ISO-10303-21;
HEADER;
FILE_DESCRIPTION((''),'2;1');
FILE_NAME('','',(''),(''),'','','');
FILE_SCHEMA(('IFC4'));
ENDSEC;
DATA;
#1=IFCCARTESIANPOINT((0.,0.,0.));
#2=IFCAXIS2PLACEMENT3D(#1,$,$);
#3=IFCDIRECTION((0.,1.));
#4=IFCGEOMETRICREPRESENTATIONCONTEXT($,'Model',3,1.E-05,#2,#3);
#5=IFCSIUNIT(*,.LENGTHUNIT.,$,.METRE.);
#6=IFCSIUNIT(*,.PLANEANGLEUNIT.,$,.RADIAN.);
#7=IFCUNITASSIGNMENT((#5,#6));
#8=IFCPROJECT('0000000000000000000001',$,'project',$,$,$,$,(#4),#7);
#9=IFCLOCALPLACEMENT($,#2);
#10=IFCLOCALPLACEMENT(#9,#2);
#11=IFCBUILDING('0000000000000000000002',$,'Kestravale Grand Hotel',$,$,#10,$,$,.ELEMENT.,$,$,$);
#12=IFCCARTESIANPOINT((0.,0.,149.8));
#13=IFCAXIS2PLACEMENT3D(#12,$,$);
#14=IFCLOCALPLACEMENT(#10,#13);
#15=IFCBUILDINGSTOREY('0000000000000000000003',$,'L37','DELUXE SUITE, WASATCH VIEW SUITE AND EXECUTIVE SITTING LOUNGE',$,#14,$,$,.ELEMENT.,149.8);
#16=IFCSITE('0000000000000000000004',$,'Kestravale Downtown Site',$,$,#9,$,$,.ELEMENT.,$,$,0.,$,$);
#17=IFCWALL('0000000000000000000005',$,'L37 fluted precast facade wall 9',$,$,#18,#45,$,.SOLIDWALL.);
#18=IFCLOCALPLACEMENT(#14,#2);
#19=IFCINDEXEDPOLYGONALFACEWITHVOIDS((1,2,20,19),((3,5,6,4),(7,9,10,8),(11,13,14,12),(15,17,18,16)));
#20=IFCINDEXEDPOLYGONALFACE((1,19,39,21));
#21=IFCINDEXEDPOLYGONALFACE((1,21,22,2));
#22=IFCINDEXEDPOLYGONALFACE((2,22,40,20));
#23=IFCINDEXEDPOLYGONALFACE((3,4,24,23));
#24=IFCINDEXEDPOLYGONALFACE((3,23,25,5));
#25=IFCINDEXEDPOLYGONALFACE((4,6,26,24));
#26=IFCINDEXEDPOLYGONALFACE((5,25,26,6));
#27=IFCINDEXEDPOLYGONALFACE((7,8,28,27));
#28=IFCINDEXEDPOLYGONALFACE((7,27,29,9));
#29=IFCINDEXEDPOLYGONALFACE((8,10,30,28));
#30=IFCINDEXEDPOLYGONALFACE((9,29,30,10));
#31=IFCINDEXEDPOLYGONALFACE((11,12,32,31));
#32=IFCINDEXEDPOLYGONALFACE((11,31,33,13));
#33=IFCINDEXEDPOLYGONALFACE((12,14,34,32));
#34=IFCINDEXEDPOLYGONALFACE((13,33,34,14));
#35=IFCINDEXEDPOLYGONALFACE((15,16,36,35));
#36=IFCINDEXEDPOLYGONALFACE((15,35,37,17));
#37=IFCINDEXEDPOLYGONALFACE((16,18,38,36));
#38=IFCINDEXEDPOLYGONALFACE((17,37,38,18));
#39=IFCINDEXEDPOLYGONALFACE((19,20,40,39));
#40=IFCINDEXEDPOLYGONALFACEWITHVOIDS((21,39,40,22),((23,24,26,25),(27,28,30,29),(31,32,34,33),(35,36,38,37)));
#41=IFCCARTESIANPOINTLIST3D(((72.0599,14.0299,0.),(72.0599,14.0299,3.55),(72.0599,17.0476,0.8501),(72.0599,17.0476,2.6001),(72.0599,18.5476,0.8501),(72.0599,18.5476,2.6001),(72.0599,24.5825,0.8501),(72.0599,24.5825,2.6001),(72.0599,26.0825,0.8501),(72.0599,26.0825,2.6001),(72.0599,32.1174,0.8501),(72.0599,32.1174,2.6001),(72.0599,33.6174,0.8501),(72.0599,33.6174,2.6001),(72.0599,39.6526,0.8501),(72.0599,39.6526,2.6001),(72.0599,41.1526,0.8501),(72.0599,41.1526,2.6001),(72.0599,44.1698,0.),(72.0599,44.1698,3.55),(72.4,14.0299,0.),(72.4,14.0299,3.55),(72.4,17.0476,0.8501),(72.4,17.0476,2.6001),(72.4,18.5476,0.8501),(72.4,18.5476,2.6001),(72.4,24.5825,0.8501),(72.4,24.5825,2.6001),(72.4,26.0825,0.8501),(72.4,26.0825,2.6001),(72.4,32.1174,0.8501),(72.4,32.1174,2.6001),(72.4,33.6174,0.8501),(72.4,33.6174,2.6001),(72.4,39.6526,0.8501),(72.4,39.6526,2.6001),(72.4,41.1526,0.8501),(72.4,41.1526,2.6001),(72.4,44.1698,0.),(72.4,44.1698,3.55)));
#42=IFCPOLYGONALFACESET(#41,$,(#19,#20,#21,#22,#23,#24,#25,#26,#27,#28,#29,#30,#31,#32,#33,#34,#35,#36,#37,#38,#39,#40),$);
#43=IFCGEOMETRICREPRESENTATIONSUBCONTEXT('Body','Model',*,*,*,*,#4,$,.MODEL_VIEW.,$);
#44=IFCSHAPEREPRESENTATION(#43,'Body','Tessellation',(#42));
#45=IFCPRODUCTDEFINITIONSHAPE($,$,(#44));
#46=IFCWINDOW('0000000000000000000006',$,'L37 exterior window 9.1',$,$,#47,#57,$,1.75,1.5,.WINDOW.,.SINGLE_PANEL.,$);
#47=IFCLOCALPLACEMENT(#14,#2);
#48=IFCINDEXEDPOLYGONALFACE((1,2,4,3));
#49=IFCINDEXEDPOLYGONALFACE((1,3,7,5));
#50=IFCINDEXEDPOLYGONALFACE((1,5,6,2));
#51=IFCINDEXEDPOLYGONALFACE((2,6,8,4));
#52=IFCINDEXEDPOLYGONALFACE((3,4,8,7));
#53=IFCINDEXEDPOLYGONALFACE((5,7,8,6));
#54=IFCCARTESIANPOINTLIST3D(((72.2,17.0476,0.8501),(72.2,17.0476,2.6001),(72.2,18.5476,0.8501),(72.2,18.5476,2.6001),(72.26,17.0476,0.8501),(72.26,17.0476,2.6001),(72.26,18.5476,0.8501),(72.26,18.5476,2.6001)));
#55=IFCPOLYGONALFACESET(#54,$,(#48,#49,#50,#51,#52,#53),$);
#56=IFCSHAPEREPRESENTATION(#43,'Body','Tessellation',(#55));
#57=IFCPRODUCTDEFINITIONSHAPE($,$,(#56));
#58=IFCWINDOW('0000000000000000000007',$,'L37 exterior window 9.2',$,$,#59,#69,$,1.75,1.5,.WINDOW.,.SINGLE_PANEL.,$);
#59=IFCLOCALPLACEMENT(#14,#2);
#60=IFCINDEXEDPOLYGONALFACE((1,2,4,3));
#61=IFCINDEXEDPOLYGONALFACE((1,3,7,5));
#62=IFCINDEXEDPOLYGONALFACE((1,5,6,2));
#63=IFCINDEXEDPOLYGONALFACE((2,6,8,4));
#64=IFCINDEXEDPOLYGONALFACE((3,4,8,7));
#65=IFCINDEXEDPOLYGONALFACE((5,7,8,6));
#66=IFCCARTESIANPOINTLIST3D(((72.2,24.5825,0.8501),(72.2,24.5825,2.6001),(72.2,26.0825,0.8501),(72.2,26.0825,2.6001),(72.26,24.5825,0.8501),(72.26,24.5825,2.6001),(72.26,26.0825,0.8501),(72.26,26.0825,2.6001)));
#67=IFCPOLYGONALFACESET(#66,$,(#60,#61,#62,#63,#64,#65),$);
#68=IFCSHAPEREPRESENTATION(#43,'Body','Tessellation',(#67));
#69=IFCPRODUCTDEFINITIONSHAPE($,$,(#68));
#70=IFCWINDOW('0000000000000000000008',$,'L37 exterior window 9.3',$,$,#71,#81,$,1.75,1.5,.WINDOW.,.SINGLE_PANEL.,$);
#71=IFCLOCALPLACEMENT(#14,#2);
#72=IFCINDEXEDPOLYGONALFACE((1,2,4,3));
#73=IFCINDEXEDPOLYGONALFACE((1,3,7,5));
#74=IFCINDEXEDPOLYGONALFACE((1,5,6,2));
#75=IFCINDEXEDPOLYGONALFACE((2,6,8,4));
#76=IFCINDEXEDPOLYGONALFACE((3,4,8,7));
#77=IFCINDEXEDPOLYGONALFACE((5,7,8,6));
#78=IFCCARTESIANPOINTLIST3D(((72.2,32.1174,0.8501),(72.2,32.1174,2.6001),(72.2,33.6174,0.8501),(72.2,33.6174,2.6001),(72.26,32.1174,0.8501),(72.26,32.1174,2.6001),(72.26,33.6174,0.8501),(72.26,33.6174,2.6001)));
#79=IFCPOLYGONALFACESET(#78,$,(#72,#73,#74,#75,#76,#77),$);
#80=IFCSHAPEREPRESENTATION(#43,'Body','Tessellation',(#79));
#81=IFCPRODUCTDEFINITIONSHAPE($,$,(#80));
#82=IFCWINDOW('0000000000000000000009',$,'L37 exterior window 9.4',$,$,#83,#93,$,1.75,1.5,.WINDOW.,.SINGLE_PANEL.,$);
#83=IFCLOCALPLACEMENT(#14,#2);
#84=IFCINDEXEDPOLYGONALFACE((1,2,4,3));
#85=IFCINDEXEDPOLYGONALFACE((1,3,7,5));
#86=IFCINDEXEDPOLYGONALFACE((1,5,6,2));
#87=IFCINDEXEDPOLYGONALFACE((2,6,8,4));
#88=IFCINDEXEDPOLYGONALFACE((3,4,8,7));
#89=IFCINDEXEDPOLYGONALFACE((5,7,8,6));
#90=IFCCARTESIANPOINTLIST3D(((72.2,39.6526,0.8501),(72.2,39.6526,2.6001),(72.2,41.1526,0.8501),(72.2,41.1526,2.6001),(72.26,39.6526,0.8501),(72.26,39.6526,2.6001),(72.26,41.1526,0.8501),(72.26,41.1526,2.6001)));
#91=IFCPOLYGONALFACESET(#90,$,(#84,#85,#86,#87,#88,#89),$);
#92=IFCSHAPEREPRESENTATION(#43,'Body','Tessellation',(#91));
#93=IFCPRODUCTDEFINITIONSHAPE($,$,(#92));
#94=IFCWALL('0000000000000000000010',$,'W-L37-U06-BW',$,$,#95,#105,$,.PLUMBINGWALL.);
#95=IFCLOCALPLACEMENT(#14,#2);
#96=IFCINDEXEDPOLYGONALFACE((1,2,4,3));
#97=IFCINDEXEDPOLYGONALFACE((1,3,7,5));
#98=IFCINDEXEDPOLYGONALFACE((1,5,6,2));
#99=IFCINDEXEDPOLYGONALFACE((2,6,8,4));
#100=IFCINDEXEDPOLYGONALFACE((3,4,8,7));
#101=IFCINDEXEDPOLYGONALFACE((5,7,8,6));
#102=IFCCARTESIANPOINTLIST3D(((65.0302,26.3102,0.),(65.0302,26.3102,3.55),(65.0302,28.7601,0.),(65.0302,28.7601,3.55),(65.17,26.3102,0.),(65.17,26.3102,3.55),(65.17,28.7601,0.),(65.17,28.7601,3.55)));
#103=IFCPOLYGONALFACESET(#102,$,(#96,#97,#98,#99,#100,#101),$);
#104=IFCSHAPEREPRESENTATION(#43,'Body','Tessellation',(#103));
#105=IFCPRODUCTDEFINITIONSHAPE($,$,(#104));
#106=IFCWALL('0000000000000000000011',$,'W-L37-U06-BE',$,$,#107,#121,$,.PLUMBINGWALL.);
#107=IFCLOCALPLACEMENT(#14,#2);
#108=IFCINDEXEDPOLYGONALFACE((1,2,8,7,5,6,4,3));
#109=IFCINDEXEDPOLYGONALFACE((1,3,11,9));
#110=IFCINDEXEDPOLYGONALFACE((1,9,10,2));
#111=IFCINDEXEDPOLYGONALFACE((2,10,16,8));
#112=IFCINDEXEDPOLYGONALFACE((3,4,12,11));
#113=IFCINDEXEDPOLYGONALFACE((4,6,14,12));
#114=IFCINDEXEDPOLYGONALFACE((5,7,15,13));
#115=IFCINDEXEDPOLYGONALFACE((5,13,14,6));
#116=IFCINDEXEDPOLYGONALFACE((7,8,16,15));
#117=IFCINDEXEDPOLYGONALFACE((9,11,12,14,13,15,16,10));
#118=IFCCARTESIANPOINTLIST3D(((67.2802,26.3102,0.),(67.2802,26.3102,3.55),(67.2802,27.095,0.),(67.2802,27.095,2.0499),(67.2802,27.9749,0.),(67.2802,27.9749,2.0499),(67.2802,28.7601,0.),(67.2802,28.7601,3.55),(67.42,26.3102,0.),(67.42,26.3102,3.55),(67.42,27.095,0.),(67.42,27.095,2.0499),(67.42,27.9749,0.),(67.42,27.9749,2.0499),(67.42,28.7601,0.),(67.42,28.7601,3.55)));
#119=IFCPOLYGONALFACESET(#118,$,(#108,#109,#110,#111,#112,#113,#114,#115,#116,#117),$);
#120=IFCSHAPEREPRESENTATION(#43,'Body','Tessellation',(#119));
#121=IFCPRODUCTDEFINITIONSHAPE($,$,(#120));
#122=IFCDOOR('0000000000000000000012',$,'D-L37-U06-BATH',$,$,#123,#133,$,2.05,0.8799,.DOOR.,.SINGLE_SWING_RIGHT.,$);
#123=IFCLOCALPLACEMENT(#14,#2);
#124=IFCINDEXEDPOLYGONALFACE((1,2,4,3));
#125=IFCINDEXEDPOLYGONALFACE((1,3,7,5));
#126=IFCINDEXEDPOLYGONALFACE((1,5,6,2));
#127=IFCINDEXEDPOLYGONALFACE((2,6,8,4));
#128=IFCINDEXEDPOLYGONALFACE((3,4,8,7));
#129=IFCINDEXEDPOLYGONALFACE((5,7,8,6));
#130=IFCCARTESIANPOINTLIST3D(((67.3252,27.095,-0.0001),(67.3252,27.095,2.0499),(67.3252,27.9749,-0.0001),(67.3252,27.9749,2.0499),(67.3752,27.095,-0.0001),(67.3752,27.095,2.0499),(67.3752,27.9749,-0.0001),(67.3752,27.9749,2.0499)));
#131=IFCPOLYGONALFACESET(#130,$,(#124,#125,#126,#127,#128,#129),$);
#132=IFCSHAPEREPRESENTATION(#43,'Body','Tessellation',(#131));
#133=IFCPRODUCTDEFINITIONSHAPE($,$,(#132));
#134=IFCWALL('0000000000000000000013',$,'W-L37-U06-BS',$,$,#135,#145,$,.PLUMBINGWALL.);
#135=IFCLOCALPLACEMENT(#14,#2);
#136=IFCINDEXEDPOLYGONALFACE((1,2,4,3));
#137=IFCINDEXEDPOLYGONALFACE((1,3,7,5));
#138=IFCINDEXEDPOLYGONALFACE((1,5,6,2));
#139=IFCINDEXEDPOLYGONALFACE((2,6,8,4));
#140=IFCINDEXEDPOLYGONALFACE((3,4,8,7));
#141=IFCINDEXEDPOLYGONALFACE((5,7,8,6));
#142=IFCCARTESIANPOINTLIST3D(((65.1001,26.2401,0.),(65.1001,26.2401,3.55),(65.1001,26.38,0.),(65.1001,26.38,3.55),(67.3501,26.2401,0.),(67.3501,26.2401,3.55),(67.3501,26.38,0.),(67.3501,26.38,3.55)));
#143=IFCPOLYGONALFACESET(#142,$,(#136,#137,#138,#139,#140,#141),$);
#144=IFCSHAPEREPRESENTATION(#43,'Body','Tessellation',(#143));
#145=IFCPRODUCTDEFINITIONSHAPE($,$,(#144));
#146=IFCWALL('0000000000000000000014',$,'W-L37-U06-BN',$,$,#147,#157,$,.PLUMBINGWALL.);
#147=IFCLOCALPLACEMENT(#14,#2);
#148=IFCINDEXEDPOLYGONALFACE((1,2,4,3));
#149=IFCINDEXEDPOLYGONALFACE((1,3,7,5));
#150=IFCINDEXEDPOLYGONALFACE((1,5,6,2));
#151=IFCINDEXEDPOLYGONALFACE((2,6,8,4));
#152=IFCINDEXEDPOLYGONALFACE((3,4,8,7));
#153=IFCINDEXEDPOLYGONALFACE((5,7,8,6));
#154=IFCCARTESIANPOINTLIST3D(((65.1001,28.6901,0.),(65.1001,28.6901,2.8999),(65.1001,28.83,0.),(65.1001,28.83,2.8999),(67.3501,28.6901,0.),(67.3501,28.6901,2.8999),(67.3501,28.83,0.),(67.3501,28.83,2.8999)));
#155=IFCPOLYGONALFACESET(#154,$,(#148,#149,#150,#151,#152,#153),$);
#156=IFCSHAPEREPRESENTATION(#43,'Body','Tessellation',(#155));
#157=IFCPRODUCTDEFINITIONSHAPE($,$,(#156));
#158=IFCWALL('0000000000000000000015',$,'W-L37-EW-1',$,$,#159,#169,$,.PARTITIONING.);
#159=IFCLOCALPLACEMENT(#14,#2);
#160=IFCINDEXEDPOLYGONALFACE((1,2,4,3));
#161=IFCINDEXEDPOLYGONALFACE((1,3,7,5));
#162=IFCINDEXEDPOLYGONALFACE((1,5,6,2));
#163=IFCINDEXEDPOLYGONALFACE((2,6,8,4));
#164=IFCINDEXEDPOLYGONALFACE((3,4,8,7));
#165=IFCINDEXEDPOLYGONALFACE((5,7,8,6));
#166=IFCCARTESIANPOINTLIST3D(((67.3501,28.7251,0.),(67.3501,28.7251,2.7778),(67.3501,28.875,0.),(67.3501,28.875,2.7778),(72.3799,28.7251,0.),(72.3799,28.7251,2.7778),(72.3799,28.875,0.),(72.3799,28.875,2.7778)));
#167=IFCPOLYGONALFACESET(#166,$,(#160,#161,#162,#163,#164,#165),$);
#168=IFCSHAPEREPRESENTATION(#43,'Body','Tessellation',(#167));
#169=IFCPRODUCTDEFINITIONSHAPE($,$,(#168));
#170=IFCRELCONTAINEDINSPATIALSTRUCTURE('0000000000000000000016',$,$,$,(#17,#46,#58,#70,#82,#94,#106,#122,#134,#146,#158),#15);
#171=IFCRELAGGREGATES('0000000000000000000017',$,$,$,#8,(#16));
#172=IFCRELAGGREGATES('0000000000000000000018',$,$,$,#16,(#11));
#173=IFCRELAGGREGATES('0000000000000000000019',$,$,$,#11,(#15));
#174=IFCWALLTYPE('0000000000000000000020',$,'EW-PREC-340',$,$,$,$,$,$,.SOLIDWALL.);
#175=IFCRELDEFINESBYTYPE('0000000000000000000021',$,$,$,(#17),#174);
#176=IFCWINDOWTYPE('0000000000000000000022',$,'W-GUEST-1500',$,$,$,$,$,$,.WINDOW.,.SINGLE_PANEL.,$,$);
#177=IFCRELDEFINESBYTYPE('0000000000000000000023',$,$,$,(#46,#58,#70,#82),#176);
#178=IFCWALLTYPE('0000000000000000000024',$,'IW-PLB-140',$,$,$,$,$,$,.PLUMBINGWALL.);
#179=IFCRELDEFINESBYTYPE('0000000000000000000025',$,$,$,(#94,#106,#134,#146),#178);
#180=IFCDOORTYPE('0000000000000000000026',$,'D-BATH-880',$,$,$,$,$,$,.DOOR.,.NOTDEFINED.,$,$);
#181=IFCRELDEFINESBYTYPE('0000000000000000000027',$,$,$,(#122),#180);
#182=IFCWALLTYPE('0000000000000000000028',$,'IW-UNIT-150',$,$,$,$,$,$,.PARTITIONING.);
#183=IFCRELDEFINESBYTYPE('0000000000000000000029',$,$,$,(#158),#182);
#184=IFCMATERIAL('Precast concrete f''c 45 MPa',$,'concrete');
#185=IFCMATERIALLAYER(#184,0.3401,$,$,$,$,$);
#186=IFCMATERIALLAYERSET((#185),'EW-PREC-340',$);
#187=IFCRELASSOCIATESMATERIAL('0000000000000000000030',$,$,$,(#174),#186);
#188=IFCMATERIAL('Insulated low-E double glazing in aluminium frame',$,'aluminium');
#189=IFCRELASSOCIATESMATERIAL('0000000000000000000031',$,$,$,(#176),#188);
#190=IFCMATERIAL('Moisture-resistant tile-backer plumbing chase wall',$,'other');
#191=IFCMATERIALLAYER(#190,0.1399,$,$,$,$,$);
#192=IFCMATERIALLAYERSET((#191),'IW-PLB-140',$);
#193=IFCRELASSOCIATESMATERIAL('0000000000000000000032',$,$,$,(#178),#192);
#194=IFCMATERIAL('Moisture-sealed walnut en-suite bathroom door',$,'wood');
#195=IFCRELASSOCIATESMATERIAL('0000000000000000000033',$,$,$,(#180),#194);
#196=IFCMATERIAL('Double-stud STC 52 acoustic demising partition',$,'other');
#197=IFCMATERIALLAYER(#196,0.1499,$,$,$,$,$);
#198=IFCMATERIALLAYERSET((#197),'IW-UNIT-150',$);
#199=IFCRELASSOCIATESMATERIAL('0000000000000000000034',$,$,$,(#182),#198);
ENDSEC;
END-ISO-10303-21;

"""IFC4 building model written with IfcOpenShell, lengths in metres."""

from ifc_helpers import new_model, si_unit, direction, frame, frame_2d, origin, place, context, subcontext, project, spatial, rectangle, extrude, material, layer, layer_set, type_object, element, fill, save


model = new_model("IFC4")

# Units and contexts
model_context = context("Model", 3, precision=1e-05, world=origin(), true_north=direction((0.0, 1.0)))
body_context = subcontext(model_context, "Body", "Model", "MODEL_VIEW")
ifc_project = project(units=[si_unit("LENGTHUNIT", "METRE"), si_unit("PLANEANGLEUNIT", "RADIAN")], contexts=[model_context])

# Site, building, storey
site_placement = place(None, origin())
site = spatial("IfcSite", under=ifc_project, at=site_placement, Name="Kestravale Downtown Site", CompositionType="ELEMENT", RefElevation=0.0)
building_placement = place(site_placement, origin())
building = spatial("IfcBuilding", under=site, at=building_placement, Name="Kestravale Grand Hotel", CompositionType="ELEMENT")
storey_placement = place(building_placement, frame((0.0, 0.0, 149.8)))
storey = spatial("IfcBuildingStorey", under=building, at=storey_placement, Name="L37", Description="DELUXE SUITE, WASATCH VIEW SUITE AND EXECUTIVE SITTING LOUNGE", CompositionType="ELEMENT", Elevation=149.8)

# Shared definitions
ifc_material_1 = material(Name="Precast concrete f'c 45 MPa", Category="concrete")
ifc_layer_1 = layer(ifc_material_1, 0.3401)
ifc_layer_set_1 = layer_set([ifc_layer_1], Name="EW-PREC-340")
wall_type_1 = type_object("IfcWallType", Name="EW-PREC-340", PredefinedType="SOLIDWALL", material=ifc_layer_set_1)
ifc_material_2 = material(Name="Insulated low-E double glazing in aluminium frame", Category="aluminium")
window_type = type_object("IfcWindowType", Name="W-GUEST-1500", PartitioningType="SINGLE_PANEL", PredefinedType="WINDOW", material=ifc_material_2)

# Wall, openings, windows
wall_1_placement = place(storey_placement, frame((72.23, 14.03, 0.0), z_axis=(0.0, 0.0, 1.0), x_axis=(0.0, 1.0, 0.0)))
wall_1 = element("IfcWall", 1, at=wall_1_placement, inside=storey, type_object=wall_type_1, Name="L37 fluted precast facade wall 9", PredefinedType="SOLIDWALL", context=body_context, shape_type="SweptSolid", body=[
    extrude(rectangle(XDim=30.1399, YDim=0.3401, at=frame_2d((15.0698, 0.0))), origin(), (0.0, 0.0, 1.0), 3.55),
])
opening_1_placement = place(wall_1_placement, frame((3.0176, 0.0, 0.8501)))
opening_1 = element("IfcOpeningElement", 2, at=opening_1_placement, cuts=wall_1, PredefinedType="OPENING", context=body_context, shape_type="SweptSolid", body=[
    extrude(rectangle(XDim=1.5, YDim=1.75, at=frame_2d((0.75, 0.875))), frame((0.0, 0.1799, 0.0), z_axis=(0.0, -1.0, 0.0), x_axis=(1.0, 0.0, 0.0)), (0.0, 0.0, 1.0), 0.3601),
])
opening_2_placement = place(wall_1_placement, frame((10.5525, 0.0, 0.8501)))
opening_2 = element("IfcOpeningElement", 3, at=opening_2_placement, cuts=wall_1, PredefinedType="OPENING", context=body_context, shape_type="SweptSolid", body=[
    extrude(rectangle(XDim=1.5, YDim=1.75, at=frame_2d((0.75, 0.875))), frame((0.0, 0.1799, 0.0), z_axis=(0.0, -1.0, 0.0), x_axis=(1.0, 0.0, 0.0)), (0.0, 0.0, 1.0), 0.3601),
])
opening_3_placement = place(wall_1_placement, frame((18.0874, 0.0, 0.8501)))
opening_3 = element("IfcOpeningElement", 4, at=opening_3_placement, cuts=wall_1, PredefinedType="OPENING", context=body_context, shape_type="SweptSolid", body=[
    extrude(rectangle(XDim=1.5, YDim=1.75, at=frame_2d((0.75, 0.875))), frame((0.0, 0.1799, 0.0), z_axis=(0.0, -1.0, 0.0), x_axis=(1.0, 0.0, 0.0)), (0.0, 0.0, 1.0), 0.3601),
])
opening_4_placement = place(wall_1_placement, frame((25.6226, 0.0, 0.8501)))
opening_4 = element("IfcOpeningElement", 5, at=opening_4_placement, cuts=wall_1, PredefinedType="OPENING", context=body_context, shape_type="SweptSolid", body=[
    extrude(rectangle(XDim=1.5, YDim=1.75, at=frame_2d((0.75, 0.875))), frame((0.0, 0.1799, 0.0), z_axis=(0.0, -1.0, 0.0), x_axis=(1.0, 0.0, 0.0)), (0.0, 0.0, 1.0), 0.3601),
])
window_1_placement = place(opening_1_placement, origin())
window_1 = element("IfcWindow", 6, at=window_1_placement, inside=storey, type_object=window_type, Name="L37 exterior window 9.1", OverallHeight=1.75, OverallWidth=1.5, PartitioningType="SINGLE_PANEL", PredefinedType="WINDOW", context=body_context, shape_type="SweptSolid", body=[
    extrude(rectangle(XDim=1.5, YDim=1.75, at=frame_2d((0.75, 0.875))), frame((0.0, 0.03, 0.0), z_axis=(0.0, -1.0, 0.0), x_axis=(1.0, 0.0, 0.0)), (0.0, 0.0, 1.0), 0.0601),
])
fill(opening_1, window_1)
window_2_placement = place(opening_2_placement, origin())
window_2 = element("IfcWindow", 7, at=window_2_placement, inside=storey, type_object=window_type, Name="L37 exterior window 9.2", OverallHeight=1.75, OverallWidth=1.5, PartitioningType="SINGLE_PANEL", PredefinedType="WINDOW", context=body_context, shape_type="SweptSolid", body=[
    extrude(rectangle(XDim=1.5, YDim=1.75, at=frame_2d((0.75, 0.875))), frame((0.0, 0.03, 0.0), z_axis=(0.0, -1.0, 0.0), x_axis=(1.0, 0.0, 0.0)), (0.0, 0.0, 1.0), 0.0601),
])
fill(opening_2, window_2)
window_3_placement = place(opening_3_placement, origin())
window_3 = element("IfcWindow", 8, at=window_3_placement, inside=storey, type_object=window_type, Name="L37 exterior window 9.3", OverallHeight=1.75, OverallWidth=1.5, PartitioningType="SINGLE_PANEL", PredefinedType="WINDOW", context=body_context, shape_type="SweptSolid", body=[
    extrude(rectangle(XDim=1.5, YDim=1.75, at=frame_2d((0.75, 0.875))), frame((0.0, 0.03, 0.0), z_axis=(0.0, -1.0, 0.0), x_axis=(1.0, 0.0, 0.0)), (0.0, 0.0, 1.0), 0.0601),
])
fill(opening_3, window_3)
window_4_placement = place(opening_4_placement, origin())
window_4 = element("IfcWindow", 9, at=window_4_placement, inside=storey, type_object=window_type, Name="L37 exterior window 9.4", OverallHeight=1.75, OverallWidth=1.5, PartitioningType="SINGLE_PANEL", PredefinedType="WINDOW", context=body_context, shape_type="SweptSolid", body=[
    extrude(rectangle(XDim=1.5, YDim=1.75, at=frame_2d((0.75, 0.875))), frame((0.0, 0.03, 0.0), z_axis=(0.0, -1.0, 0.0), x_axis=(1.0, 0.0, 0.0)), (0.0, 0.0, 1.0), 0.0601),
])
fill(opening_4, window_4)

# Wall
ifc_material_3 = material(Name="Moisture-resistant tile-backer plumbing chase wall", Category="other")
ifc_layer_2 = layer(ifc_material_3, 0.1399)
ifc_layer_set_2 = layer_set([ifc_layer_2], Name="IW-PLB-140")
wall_type_2 = type_object("IfcWallType", Name="IW-PLB-140", PredefinedType="PLUMBINGWALL", material=ifc_layer_set_2)
wall_2_placement = place(storey_placement, frame((65.1001, 26.3101, 0.0), z_axis=(0.0, 0.0, 1.0), x_axis=(0.0, 1.0, 0.0)))
element("IfcWall", 10, at=wall_2_placement, inside=storey, type_object=wall_type_2, Name="W-L37-U06-BW", PredefinedType="PLUMBINGWALL", context=body_context, shape_type="SweptSolid", body=[
    extrude(rectangle(XDim=2.45, YDim=0.1399, at=frame_2d((1.2251, 0.0))), origin(), (0.0, 0.0, 1.0), 3.55),
])

# Wall, opening, door
wall_3_placement = place(storey_placement, frame((67.3501, 26.3101, 0.0), z_axis=(0.0, 0.0, 1.0), x_axis=(0.0, 1.0, 0.0)))
wall_3 = element("IfcWall", 11, at=wall_3_placement, inside=storey, type_object=wall_type_2, Name="W-L37-U06-BE", PredefinedType="PLUMBINGWALL", context=body_context, shape_type="SweptSolid", body=[
    extrude(rectangle(XDim=2.45, YDim=0.1399, at=frame_2d((1.2251, 0.0))), origin(), (0.0, 0.0, 1.0), 3.55),
])
opening_5_placement = place(wall_3_placement, frame((0.7849, 0.0, 0.0)))
opening_5 = element("IfcOpeningElement", 12, at=opening_5_placement, cuts=wall_3, PredefinedType="OPENING", context=body_context, shape_type="SweptSolid", body=[
    extrude(rectangle(XDim=0.8799, YDim=2.05, at=frame_2d((0.4399, 1.0249))), frame((0.0, 0.0798, 0.0), z_axis=(0.0, -1.0, 0.0), x_axis=(1.0, 0.0, 0.0)), (0.0, 0.0, 1.0), 0.1599),
])
ifc_material_4 = material(Name="Moisture-sealed walnut en-suite bathroom door", Category="wood")
door_type = type_object("IfcDoorType", Name="D-BATH-880", OperationType="NOTDEFINED", PredefinedType="DOOR", material=ifc_material_4)
door_placement = place(opening_5_placement, origin())
door = element("IfcDoor", 13, at=door_placement, inside=storey, type_object=door_type, Name="D-L37-U06-BATH", OperationType="SINGLE_SWING_RIGHT", OverallHeight=2.05, OverallWidth=0.8799, PredefinedType="DOOR", context=body_context, shape_type="SweptSolid", body=[
    extrude(rectangle(XDim=0.8799, YDim=2.05, at=frame_2d((0.4399, 1.0249))), frame((0.0, 0.0249, 0.0), z_axis=(0.0, -1.0, 0.0), x_axis=(1.0, 0.0, 0.0)), (0.0, 0.0, 1.0), 0.05),
])
fill(opening_5, door)

# Walls
wall_4_placement = place(storey_placement, frame((65.1001, 26.3101, 0.0), z_axis=(0.0, 0.0, 1.0), x_axis=(1.0, 0.0, 0.0)))
element("IfcWall", 14, at=wall_4_placement, inside=storey, type_object=wall_type_2, Name="W-L37-U06-BS", PredefinedType="PLUMBINGWALL", context=body_context, shape_type="SweptSolid", body=[
    extrude(rectangle(XDim=2.25, YDim=0.1399, at=frame_2d((1.125, 0.0))), origin(), (0.0, 0.0, 1.0), 3.55),
])
wall_5_placement = place(storey_placement, frame((65.1001, 28.76, 0.0), z_axis=(0.0, 0.0, 1.0), x_axis=(1.0, 0.0, 0.0)))
element("IfcWall", 15, at=wall_5_placement, inside=storey, type_object=wall_type_2, Name="W-L37-U06-BN", PredefinedType="PLUMBINGWALL", context=body_context, shape_type="SweptSolid", body=[
    extrude(rectangle(XDim=2.25, YDim=0.1399, at=frame_2d((1.125, 0.0))), origin(), (0.0, 0.0, 1.0), 2.8999),
])
ifc_material_5 = material(Name="Double-stud STC 52 acoustic demising partition", Category="other")
ifc_layer_3 = layer(ifc_material_5, 0.1499)
ifc_layer_set_3 = layer_set([ifc_layer_3], Name="IW-UNIT-150")
wall_type_3 = type_object("IfcWallType", Name="IW-UNIT-150", PredefinedType="PARTITIONING", material=ifc_layer_set_3)
wall_6_placement = place(storey_placement, frame((67.3501, 28.8, 0.0), z_axis=(0.0, 0.0, 1.0), x_axis=(1.0, 0.0, 0.0)))
element("IfcWall", 16, at=wall_6_placement, inside=storey, type_object=wall_type_3, Name="W-L37-EW-1", PredefinedType="PARTITIONING", context=body_context, shape_type="SweptSolid", body=[
    extrude(rectangle(XDim=5.0298, YDim=0.1499, at=frame_2d((2.5149, 0.0))), origin(), (0.0, 0.0, 1.0), 2.7778),
])

save(model, "model.ifc")
